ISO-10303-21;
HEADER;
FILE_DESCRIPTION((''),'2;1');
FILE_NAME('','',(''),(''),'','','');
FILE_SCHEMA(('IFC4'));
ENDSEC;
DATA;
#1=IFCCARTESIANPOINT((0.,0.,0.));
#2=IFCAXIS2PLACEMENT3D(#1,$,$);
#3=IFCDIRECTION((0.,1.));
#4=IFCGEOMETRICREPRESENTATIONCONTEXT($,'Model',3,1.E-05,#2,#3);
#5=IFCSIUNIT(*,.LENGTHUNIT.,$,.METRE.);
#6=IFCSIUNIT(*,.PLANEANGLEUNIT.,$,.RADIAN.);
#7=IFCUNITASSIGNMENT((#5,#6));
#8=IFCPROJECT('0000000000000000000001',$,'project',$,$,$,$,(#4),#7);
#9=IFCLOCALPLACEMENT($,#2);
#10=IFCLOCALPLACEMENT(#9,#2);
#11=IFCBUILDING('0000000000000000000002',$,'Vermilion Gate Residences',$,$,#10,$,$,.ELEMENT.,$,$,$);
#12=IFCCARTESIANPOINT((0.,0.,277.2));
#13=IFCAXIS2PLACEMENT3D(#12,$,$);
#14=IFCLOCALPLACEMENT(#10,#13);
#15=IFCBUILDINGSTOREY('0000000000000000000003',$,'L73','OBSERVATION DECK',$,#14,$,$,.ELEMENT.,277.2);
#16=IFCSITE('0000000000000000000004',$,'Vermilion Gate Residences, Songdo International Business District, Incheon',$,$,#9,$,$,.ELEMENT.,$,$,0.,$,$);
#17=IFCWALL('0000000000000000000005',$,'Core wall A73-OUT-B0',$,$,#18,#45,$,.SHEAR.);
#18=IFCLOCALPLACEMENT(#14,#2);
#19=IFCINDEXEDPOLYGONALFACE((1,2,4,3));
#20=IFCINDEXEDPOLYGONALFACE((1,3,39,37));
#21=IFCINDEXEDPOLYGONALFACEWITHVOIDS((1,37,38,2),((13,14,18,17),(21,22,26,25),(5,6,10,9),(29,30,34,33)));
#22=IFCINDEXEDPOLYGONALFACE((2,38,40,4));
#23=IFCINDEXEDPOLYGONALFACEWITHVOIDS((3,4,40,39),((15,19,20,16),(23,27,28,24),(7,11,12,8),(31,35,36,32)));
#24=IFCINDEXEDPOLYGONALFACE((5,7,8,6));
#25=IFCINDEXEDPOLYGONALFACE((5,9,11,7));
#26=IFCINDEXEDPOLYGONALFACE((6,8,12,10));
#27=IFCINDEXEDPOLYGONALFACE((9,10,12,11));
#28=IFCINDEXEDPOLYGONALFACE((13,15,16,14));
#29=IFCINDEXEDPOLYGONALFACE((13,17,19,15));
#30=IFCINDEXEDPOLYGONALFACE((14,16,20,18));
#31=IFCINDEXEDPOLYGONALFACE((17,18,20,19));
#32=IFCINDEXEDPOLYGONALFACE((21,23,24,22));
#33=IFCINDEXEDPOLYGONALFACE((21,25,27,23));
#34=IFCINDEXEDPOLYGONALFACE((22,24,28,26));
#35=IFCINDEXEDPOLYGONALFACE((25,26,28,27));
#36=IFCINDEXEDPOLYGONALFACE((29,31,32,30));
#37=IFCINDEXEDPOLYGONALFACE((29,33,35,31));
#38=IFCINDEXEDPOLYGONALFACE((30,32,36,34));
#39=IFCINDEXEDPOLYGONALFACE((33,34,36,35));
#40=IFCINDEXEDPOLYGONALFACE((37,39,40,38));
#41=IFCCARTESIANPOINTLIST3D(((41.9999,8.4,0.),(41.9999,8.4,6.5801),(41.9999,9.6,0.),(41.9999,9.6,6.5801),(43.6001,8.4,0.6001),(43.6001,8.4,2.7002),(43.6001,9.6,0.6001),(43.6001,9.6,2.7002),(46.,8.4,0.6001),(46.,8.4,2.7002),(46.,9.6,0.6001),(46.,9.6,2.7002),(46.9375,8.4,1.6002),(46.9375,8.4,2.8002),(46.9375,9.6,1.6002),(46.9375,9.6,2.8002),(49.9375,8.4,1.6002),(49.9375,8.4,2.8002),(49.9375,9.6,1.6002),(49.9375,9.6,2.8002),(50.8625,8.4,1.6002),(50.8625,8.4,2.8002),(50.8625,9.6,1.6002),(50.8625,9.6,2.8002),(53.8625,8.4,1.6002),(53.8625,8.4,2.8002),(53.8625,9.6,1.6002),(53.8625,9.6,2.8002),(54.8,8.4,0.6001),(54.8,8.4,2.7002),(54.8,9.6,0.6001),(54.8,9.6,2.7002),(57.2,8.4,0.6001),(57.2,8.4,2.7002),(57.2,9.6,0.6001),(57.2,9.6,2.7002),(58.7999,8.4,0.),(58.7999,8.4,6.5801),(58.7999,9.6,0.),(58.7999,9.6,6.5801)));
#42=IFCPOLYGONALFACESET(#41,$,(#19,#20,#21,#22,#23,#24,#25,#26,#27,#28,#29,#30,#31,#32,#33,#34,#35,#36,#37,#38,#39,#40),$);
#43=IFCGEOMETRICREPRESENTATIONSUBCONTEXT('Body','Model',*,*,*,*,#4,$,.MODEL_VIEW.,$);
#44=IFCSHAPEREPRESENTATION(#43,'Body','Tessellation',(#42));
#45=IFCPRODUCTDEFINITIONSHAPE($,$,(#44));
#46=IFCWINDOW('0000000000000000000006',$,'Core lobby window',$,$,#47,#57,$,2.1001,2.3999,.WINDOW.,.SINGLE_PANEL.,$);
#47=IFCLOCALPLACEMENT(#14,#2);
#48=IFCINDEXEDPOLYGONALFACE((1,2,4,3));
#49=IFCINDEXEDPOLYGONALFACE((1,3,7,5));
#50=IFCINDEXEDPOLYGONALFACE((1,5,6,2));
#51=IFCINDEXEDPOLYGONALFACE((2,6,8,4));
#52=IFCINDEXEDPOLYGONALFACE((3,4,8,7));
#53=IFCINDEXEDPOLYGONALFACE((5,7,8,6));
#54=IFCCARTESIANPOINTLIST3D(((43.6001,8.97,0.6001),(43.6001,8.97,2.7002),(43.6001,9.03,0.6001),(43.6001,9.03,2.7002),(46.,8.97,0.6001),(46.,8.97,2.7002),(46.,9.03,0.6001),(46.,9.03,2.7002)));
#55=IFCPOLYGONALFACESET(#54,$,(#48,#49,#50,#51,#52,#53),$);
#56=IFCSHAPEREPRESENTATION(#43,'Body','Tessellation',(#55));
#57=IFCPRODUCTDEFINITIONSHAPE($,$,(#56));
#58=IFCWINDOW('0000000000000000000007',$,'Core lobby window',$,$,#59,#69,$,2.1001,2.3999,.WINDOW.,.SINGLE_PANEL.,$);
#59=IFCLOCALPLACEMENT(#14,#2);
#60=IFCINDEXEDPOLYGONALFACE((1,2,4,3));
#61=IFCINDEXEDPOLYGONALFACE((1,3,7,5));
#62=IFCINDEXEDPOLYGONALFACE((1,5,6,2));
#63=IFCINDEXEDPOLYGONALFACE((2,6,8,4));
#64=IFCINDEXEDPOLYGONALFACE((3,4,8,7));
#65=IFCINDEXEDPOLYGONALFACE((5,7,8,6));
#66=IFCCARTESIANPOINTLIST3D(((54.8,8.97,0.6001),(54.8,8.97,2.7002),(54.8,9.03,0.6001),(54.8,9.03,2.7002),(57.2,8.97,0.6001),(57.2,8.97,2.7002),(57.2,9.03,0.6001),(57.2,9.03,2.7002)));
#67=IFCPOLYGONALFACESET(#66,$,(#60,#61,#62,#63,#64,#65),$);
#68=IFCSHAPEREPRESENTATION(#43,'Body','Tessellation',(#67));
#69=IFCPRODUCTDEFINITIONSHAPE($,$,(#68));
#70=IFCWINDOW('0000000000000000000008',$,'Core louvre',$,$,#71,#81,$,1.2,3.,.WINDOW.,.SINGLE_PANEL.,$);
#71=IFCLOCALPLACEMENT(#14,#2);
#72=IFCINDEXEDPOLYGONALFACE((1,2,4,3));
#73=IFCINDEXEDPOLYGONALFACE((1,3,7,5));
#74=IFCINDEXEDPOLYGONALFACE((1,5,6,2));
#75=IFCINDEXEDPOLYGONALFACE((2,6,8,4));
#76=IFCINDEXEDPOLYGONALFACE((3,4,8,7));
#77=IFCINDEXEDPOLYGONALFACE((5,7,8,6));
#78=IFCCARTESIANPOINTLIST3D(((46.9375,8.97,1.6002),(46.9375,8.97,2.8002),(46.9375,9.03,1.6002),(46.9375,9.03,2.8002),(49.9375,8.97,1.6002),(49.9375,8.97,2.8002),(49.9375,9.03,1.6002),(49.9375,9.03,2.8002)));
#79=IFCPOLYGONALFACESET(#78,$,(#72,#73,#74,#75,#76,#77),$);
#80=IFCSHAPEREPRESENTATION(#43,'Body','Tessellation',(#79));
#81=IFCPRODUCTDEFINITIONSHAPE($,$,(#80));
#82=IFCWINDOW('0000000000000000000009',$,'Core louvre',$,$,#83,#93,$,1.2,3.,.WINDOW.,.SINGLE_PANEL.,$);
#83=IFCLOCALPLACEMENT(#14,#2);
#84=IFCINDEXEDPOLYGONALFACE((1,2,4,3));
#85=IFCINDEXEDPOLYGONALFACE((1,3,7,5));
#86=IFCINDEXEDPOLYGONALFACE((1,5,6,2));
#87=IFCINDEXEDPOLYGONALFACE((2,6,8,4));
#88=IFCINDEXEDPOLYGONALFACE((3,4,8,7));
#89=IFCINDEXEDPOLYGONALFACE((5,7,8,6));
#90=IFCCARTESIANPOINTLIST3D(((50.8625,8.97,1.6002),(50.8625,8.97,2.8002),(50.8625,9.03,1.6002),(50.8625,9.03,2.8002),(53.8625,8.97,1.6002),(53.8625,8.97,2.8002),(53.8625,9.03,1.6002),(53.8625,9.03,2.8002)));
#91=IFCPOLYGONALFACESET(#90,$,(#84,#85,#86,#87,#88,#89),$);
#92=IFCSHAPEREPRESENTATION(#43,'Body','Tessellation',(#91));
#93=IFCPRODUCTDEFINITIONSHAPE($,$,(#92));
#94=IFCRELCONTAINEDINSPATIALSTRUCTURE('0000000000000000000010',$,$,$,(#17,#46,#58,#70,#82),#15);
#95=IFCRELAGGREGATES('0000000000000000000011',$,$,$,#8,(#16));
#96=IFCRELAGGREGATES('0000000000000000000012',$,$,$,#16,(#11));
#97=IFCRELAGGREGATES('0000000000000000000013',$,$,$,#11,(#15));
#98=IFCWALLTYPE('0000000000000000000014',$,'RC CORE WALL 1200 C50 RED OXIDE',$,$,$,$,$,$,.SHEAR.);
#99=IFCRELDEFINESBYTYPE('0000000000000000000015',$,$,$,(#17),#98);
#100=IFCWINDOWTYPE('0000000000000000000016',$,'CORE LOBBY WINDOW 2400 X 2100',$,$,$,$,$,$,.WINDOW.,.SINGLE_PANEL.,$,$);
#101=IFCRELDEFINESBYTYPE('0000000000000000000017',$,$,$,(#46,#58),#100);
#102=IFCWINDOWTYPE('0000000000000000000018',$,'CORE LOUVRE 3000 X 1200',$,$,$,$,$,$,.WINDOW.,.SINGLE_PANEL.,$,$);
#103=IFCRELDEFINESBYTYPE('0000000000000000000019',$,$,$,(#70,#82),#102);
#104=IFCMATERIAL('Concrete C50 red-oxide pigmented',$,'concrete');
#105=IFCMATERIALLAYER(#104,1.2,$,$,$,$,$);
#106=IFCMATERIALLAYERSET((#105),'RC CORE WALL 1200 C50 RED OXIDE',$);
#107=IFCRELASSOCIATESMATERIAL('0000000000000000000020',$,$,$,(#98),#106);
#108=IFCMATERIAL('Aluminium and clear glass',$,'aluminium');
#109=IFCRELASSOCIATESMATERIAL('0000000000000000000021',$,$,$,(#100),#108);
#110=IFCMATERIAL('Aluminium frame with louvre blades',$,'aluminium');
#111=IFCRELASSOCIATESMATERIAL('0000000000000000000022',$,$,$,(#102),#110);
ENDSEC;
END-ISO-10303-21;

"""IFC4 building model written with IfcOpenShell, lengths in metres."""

from ifc_helpers import new_model, si_unit, direction, frame, frame_2d, origin, place, context, subcontext, project, spatial, rectangle, extrude, material, layer, layer_set, type_object, element, fill, save


model = new_model("IFC4")

# Units and contexts
model_context = context("Model", 3, precision=1e-05, world=origin(), true_north=direction((0.0, 1.0)))
body_context = subcontext(model_context, "Body", "Model", "MODEL_VIEW")
ifc_project = project(units=[si_unit("LENGTHUNIT", "METRE"), si_unit("PLANEANGLEUNIT", "RADIAN")], contexts=[model_context])

# Site, building, storey
site_placement = place(None, origin())
site = spatial("IfcSite", under=ifc_project, at=site_placement, Name="Vermilion Gate Residences, Songdo International Business District, Incheon", CompositionType="ELEMENT", RefElevation=0.0)
building_placement = place(site_placement, origin())
building = spatial("IfcBuilding", under=site, at=building_placement, Name="Vermilion Gate Residences", CompositionType="ELEMENT")
storey_placement = place(building_placement, frame((0.0, 0.0, 277.2)))
storey = spatial("IfcBuildingStorey", under=building, at=storey_placement, Name="L73", Description="OBSERVATION DECK", CompositionType="ELEMENT", Elevation=277.2)

# Wall, openings, windows
ifc_material_1 = material(Name="Concrete C50 red-oxide pigmented", Category="concrete")
ifc_layer_1 = layer(ifc_material_1, 1.2)
ifc_layer_set_1 = layer_set([ifc_layer_1], Name="RC CORE WALL 1200 C50 RED OXIDE")
wall_type_1 = type_object("IfcWallType", Name="RC CORE WALL 1200 C50 RED OXIDE", PredefinedType="SHEAR", material=ifc_layer_set_1)
wall_1_placement = place(storey_placement, frame((42.0, 9.0, 0.0), z_axis=(0.0, 0.0, 1.0), x_axis=(1.0, 0.0, 0.0)))
wall_1 = element("IfcWall", 1, at=wall_1_placement, inside=storey, type_object=wall_type_1, Name="Core wall A73-OUT-B0", PredefinedType="SHEAR", context=body_context, shape_type="SweptSolid", body=[
    extrude(rectangle(XDim=16.8, YDim=1.2, at=frame_2d((8.3999, 0.0))), origin(), (0.0, 0.0, 1.0), 6.5801),
])
opening_1_placement = place(wall_1_placement, frame((1.6001, 0.0, 0.6001)))
opening_1 = element("IfcOpeningElement", 2, at=opening_1_placement, cuts=wall_1, PredefinedType="OPENING", context=body_context, shape_type="SweptSolid", body=[
    extrude(rectangle(XDim=2.3999, YDim=2.1001, at=frame_2d((1.2, 1.05))), frame((0.0, 0.6099, 0.0), z_axis=(0.0, -1.0, 0.0), x_axis=(1.0, 0.0, 0.0)), (0.0, 0.0, 1.0), 1.22),
])
opening_2_placement = place(wall_1_placement, frame((4.9375, 0.0, 1.6001)))
opening_2 = element("IfcOpeningElement", 3, at=opening_2_placement, cuts=wall_1, PredefinedType="OPENING", context=body_context, shape_type="SweptSolid", body=[
    extrude(rectangle(XDim=3.0, YDim=1.2, at=frame_2d((1.5, 0.6001))), frame((0.0, 0.6099, 0.0), z_axis=(0.0, -1.0, 0.0), x_axis=(1.0, 0.0, 0.0)), (0.0, 0.0, 1.0), 1.22),
])
opening_3_placement = place(wall_1_placement, frame((8.8625, 0.0, 1.6001)))
opening_3 = element("IfcOpeningElement", 4, at=opening_3_placement, cuts=wall_1, PredefinedType="OPENING", context=body_context, shape_type="SweptSolid", body=[
    extrude(rectangle(XDim=3.0, YDim=1.2, at=frame_2d((1.5, 0.6001))), frame((0.0, 0.6099, 0.0), z_axis=(0.0, -1.0, 0.0), x_axis=(1.0, 0.0, 0.0)), (0.0, 0.0, 1.0), 1.22),
])
opening_4_placement = place(wall_1_placement, frame((12.8, 0.0, 0.6001)))
opening_4 = element("IfcOpeningElement", 5, at=opening_4_placement, cuts=wall_1, PredefinedType="OPENING", context=body_context, shape_type="SweptSolid", body=[
    extrude(rectangle(XDim=2.3999, YDim=2.1001, at=frame_2d((1.2, 1.05))), frame((0.0, 0.6099, 0.0), z_axis=(0.0, -1.0, 0.0), x_axis=(1.0, 0.0, 0.0)), (0.0, 0.0, 1.0), 1.22),
])
ifc_material_2 = material(Name="Aluminium and clear glass", Category="aluminium")
window_type_1 = type_object("IfcWindowType", Name="CORE LOBBY WINDOW 2400 X 2100", PartitioningType="SINGLE_PANEL", PredefinedType="WINDOW", material=ifc_material_2)
window_1_placement = place(opening_1_placement, origin())
window_1 = element("IfcWindow", 6, at=window_1_placement, inside=storey, type_object=window_type_1, Name="Core lobby window", OverallHeight=2.1001, OverallWidth=2.3999, PartitioningType="SINGLE_PANEL", PredefinedType="WINDOW", context=body_context, shape_type="SweptSolid", body=[
    extrude(rectangle(XDim=2.3999, YDim=2.1001, at=frame_2d((1.2, 1.05))), frame((0.0, 0.03, 0.0), z_axis=(0.0, -1.0, 0.0), x_axis=(1.0, 0.0, 0.0)), (0.0, 0.0, 1.0), 0.0601),
])
fill(opening_1, window_1)
window_2_placement = place(opening_4_placement, origin())
window_2 = element("IfcWindow", 7, at=window_2_placement, inside=storey, type_object=window_type_1, Name="Core lobby window", OverallHeight=2.1001, OverallWidth=2.3999, PartitioningType="SINGLE_PANEL", PredefinedType="WINDOW", context=body_context, shape_type="SweptSolid", body=[
    extrude(rectangle(XDim=2.3999, YDim=2.1001, at=frame_2d((1.2, 1.05))), frame((0.0, 0.03, 0.0), z_axis=(0.0, -1.0, 0.0), x_axis=(1.0, 0.0, 0.0)), (0.0, 0.0, 1.0), 0.0601),
])
fill(opening_4, window_2)
ifc_material_3 = material(Name="Aluminium frame with louvre blades", Category="aluminium")
window_type_2 = type_object("IfcWindowType", Name="CORE LOUVRE 3000 X 1200", PartitioningType="SINGLE_PANEL", PredefinedType="WINDOW", material=ifc_material_3)
window_3_placement = place(opening_2_placement, origin())
window_3 = element("IfcWindow", 8, at=window_3_placement, inside=storey, type_object=window_type_2, Name="Core louvre", OverallHeight=1.2, OverallWidth=3.0, PartitioningType="SINGLE_PANEL", PredefinedType="WINDOW", context=body_context, shape_type="SweptSolid", body=[
    extrude(rectangle(XDim=3.0, YDim=1.2, at=frame_2d((1.5, 0.6001))), frame((0.0, 0.03, 0.0), z_axis=(0.0, -1.0, 0.0), x_axis=(1.0, 0.0, 0.0)), (0.0, 0.0, 1.0), 0.0601),
])
fill(opening_2, window_3)
window_4_placement = place(opening_3_placement, origin())
window_4 = element("IfcWindow", 9, at=window_4_placement, inside=storey, type_object=window_type_2, Name="Core louvre", OverallHeight=1.2, OverallWidth=3.0, PartitioningType="SINGLE_PANEL", PredefinedType="WINDOW", context=body_context, shape_type="SweptSolid", body=[
    extrude(rectangle(XDim=3.0, YDim=1.2, at=frame_2d((1.5, 0.6001))), frame((0.0, 0.03, 0.0), z_axis=(0.0, -1.0, 0.0), x_axis=(1.0, 0.0, 0.0)), (0.0, 0.0, 1.0), 0.0601),
])
fill(opening_3, window_4)

save(model, "model.ifc")
